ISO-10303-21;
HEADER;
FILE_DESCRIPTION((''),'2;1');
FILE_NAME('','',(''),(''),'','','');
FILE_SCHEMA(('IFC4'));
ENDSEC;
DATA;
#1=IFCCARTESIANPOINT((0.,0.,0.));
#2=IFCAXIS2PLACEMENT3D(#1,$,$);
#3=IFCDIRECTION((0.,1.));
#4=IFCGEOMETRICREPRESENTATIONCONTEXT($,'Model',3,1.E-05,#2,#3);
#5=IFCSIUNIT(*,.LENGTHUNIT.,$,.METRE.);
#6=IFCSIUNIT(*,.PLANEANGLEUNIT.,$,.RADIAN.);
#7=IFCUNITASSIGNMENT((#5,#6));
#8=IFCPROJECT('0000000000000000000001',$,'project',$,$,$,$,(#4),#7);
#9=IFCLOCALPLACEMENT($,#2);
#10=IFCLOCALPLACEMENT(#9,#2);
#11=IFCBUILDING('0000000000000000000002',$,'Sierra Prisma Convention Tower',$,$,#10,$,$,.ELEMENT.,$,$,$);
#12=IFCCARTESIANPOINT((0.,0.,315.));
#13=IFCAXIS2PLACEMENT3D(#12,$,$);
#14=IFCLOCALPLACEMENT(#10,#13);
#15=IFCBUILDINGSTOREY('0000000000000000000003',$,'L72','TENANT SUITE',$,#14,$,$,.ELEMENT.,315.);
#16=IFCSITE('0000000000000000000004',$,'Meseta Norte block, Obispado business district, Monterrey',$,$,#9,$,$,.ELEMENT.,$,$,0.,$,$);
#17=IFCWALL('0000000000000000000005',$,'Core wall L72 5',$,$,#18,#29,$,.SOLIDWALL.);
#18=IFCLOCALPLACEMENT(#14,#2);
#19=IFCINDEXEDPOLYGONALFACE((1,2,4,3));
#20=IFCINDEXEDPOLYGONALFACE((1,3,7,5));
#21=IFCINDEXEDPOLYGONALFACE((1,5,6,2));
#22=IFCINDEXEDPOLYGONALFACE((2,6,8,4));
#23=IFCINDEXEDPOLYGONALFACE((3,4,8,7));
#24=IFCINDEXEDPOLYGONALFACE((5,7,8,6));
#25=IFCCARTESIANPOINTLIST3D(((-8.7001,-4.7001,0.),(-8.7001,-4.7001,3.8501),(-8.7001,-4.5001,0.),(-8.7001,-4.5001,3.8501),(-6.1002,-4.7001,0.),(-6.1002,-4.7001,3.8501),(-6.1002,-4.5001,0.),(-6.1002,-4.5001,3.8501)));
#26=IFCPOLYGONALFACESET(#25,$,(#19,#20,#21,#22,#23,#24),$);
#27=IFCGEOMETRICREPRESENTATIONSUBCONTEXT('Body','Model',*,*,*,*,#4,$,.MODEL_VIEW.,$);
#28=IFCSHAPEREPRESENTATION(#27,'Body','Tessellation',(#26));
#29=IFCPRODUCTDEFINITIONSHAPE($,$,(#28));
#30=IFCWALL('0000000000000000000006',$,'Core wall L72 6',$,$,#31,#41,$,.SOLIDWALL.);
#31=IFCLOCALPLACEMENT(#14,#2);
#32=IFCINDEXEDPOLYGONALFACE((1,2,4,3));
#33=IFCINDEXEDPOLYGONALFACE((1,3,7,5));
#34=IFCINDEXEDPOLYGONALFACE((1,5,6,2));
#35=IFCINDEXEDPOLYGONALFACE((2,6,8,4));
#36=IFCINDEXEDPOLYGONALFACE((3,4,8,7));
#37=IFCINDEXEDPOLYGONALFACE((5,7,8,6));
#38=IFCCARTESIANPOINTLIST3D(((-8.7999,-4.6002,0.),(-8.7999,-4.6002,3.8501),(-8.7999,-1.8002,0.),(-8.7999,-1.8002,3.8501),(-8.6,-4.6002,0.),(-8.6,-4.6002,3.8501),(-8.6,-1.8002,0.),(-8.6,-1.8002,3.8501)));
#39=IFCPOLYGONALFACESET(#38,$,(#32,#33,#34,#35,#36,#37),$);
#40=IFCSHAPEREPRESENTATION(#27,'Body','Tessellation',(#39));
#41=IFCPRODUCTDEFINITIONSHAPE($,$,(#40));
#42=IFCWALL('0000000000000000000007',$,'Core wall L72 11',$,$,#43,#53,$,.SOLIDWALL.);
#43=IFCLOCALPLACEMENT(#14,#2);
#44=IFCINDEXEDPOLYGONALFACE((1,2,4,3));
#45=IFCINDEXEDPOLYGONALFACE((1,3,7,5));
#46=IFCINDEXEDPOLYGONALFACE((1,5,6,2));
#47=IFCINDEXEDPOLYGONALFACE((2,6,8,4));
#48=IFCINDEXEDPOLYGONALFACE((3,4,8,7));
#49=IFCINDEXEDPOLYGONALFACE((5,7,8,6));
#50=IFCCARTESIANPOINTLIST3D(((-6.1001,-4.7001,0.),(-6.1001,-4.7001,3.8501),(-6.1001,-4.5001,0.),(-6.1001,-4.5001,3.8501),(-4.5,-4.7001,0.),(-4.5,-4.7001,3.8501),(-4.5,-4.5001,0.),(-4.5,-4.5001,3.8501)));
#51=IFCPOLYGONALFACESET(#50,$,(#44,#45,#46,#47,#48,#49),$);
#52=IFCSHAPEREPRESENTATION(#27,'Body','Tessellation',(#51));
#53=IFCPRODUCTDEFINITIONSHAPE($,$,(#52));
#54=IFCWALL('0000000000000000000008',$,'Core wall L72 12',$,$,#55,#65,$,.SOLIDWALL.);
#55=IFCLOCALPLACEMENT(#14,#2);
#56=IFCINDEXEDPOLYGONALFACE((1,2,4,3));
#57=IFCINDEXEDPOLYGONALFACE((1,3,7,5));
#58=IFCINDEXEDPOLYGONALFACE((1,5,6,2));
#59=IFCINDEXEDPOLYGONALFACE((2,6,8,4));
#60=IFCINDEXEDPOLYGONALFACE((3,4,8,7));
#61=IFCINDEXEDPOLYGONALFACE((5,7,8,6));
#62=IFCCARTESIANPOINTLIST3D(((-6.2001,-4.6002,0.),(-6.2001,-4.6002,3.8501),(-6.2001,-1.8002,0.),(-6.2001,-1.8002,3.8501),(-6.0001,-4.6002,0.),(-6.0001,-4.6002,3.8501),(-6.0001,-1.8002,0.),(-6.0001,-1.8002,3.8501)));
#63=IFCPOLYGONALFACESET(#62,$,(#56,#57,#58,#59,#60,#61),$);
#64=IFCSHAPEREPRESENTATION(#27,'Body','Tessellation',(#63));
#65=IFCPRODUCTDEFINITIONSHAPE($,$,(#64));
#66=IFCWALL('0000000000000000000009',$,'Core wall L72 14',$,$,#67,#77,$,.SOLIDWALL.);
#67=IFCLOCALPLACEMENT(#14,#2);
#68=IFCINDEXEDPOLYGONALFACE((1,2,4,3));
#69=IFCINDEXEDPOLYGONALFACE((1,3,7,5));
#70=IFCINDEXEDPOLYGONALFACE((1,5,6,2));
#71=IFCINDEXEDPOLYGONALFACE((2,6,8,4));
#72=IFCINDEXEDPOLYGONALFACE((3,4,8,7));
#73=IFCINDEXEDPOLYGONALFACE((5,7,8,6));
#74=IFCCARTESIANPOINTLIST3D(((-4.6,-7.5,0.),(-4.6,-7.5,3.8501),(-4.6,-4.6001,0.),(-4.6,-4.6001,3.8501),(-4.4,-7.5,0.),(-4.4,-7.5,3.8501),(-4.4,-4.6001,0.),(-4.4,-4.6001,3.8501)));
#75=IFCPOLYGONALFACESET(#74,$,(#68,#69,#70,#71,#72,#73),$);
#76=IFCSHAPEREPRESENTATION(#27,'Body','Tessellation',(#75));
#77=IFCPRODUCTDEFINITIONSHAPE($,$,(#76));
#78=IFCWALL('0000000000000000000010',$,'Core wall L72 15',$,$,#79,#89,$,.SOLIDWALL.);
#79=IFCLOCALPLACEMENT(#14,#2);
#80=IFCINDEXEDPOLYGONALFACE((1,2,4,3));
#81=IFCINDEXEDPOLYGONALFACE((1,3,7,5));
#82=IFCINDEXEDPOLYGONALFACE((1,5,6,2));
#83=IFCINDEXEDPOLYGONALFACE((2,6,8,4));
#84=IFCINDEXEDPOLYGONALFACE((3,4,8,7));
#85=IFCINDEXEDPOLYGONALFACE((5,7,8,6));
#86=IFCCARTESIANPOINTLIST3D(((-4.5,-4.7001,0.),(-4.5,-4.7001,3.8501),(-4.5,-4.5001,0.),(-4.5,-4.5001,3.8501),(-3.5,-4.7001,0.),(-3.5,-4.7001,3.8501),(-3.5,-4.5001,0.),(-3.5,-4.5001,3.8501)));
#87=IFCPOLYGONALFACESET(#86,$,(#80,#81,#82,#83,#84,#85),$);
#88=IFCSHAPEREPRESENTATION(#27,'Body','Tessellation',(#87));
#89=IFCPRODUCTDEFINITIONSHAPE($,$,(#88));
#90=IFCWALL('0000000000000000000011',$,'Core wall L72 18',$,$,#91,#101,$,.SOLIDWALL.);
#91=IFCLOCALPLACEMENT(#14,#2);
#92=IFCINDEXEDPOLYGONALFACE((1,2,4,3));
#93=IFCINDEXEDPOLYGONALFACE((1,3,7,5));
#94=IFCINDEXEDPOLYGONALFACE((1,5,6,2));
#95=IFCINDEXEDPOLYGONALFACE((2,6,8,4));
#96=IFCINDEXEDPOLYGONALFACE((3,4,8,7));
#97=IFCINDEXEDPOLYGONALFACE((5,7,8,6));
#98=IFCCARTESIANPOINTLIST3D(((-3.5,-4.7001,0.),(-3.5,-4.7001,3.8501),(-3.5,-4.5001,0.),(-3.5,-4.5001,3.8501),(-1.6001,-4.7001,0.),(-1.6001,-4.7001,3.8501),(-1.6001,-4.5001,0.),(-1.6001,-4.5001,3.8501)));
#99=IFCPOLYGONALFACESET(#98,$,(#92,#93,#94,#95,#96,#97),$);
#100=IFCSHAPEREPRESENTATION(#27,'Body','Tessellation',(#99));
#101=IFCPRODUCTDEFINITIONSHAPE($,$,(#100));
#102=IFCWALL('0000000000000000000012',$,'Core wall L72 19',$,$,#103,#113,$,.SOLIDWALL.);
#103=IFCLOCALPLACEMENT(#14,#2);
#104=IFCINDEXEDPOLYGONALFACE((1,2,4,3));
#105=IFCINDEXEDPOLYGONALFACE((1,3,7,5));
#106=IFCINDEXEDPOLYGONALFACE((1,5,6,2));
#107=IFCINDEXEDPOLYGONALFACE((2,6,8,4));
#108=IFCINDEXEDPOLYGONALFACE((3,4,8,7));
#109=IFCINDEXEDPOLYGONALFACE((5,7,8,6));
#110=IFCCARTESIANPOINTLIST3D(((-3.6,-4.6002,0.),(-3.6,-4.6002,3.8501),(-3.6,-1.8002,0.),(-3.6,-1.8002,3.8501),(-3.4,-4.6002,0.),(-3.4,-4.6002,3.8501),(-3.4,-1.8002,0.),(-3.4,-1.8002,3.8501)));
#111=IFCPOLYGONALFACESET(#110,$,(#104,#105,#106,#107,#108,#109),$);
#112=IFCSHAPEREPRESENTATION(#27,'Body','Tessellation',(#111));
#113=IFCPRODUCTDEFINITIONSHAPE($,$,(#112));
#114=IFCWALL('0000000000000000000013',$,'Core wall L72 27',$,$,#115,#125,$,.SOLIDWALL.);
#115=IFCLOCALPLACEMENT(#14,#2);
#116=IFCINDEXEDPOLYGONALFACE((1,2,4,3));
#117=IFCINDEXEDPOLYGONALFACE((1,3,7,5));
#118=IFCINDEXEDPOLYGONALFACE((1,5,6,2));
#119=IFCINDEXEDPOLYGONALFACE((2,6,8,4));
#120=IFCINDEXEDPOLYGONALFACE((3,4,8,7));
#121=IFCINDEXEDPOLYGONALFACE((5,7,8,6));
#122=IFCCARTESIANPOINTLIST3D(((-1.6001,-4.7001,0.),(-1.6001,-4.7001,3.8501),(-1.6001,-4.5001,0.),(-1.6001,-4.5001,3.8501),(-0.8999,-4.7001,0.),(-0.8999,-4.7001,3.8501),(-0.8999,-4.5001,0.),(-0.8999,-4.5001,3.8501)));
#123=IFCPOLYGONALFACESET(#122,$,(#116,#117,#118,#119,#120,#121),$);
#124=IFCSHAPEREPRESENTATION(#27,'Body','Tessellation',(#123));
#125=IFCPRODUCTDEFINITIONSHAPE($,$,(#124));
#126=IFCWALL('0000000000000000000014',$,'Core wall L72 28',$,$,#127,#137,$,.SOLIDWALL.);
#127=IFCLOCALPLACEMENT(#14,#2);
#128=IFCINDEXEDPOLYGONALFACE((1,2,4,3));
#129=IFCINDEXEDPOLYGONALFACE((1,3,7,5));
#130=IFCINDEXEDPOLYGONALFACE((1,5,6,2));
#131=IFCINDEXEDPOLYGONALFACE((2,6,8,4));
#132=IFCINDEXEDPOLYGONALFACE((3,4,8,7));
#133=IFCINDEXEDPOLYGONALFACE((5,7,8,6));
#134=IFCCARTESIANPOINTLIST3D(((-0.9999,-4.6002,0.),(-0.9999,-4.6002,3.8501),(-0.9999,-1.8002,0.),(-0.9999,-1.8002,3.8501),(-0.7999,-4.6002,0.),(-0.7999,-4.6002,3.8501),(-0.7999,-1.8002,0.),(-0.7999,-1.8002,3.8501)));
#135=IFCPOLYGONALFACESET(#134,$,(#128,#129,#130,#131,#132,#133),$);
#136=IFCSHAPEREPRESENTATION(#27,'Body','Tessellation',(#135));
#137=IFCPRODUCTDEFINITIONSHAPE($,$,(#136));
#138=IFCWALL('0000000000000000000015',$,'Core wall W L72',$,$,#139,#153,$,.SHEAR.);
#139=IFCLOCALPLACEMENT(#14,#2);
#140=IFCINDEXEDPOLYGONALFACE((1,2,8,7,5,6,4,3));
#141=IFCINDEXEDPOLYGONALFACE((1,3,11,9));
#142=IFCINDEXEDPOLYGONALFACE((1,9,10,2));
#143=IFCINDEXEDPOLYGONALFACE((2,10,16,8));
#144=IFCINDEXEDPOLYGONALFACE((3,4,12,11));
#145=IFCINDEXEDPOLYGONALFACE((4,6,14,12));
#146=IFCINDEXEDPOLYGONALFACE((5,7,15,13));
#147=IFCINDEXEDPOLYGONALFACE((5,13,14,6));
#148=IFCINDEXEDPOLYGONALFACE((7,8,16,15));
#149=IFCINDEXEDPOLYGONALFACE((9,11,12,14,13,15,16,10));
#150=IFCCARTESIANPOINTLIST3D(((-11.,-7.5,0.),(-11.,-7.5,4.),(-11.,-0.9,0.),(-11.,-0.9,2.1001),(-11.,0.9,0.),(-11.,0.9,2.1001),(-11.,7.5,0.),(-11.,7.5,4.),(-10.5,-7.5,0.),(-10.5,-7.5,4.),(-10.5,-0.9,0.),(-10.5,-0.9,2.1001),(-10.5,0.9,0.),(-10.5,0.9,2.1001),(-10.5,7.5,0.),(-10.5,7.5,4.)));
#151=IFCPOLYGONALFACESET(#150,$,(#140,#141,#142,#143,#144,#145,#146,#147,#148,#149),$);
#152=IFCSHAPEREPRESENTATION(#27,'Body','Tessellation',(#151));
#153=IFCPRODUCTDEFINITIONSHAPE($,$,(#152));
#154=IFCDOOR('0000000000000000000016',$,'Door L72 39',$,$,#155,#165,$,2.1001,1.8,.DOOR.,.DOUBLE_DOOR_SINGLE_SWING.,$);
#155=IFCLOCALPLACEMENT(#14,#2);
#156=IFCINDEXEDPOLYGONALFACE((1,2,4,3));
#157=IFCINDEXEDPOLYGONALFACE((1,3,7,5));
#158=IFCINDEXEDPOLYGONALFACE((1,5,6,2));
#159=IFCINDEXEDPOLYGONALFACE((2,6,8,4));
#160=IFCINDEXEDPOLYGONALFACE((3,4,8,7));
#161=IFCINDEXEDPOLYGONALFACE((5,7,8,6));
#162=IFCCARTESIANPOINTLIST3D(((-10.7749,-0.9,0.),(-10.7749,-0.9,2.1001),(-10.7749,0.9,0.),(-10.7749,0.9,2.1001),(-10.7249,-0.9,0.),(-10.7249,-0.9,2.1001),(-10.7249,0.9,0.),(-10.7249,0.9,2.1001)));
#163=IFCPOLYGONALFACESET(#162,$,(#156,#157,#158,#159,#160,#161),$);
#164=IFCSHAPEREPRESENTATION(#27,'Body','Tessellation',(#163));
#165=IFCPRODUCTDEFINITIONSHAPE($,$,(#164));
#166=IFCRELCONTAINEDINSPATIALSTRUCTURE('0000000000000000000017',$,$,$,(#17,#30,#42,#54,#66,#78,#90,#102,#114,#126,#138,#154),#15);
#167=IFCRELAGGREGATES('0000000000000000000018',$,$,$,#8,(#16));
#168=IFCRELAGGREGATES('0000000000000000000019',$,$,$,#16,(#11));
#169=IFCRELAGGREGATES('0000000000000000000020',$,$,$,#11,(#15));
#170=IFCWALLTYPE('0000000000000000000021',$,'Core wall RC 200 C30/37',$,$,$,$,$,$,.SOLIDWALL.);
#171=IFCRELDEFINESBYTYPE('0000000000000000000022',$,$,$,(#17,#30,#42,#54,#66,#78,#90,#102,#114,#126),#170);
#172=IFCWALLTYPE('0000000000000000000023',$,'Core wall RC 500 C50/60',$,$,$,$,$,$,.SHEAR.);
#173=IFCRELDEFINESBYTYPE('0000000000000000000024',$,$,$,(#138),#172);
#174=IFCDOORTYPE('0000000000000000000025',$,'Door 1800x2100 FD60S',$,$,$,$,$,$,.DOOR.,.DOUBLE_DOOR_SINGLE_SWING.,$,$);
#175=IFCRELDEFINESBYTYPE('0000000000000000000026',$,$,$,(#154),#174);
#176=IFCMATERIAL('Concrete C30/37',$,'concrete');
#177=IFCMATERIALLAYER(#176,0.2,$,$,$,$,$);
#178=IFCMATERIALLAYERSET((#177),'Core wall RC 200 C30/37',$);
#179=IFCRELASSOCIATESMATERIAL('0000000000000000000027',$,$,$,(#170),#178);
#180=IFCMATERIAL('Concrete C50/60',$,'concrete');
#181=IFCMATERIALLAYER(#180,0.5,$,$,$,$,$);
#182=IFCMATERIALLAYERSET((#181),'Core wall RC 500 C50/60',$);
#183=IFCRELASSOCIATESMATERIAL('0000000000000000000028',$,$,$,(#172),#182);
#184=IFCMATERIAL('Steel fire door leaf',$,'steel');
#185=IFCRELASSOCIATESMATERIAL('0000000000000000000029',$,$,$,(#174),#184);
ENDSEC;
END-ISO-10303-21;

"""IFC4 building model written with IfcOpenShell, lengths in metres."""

from ifc_helpers import new_model, si_unit, direction, frame, frame_2d, origin, place, context, subcontext, project, spatial, rectangle, extrude, material, layer, layer_set, type_object, element, fill, save


model = new_model("IFC4")

# Units and contexts
model_context = context("Model", 3, precision=1e-05, world=origin(), true_north=direction((0.0, 1.0)))
body_context = subcontext(model_context, "Body", "Model", "MODEL_VIEW")
ifc_project = project(units=[si_unit("LENGTHUNIT", "METRE"), si_unit("PLANEANGLEUNIT", "RADIAN")], contexts=[model_context])

# Site, building, storey
site_placement = place(None, origin())
site = spatial("IfcSite", under=ifc_project, at=site_placement, Name="Meseta Norte block, Obispado business district, Monterrey", CompositionType="ELEMENT", RefElevation=0.0)
building_placement = place(site_placement, origin())
building = spatial("IfcBuilding", under=site, at=building_placement, Name="Sierra Prisma Convention Tower", CompositionType="ELEMENT")
storey_placement = place(building_placement, frame((0.0, 0.0, 315.0)))
storey = spatial("IfcBuildingStorey", under=building, at=storey_placement, Name="L72", Description="TENANT SUITE", CompositionType="ELEMENT", Elevation=315.0)

# Shared definitions
ifc_material_1 = material(Name="Concrete C30/37", Category="concrete")
ifc_layer_1 = layer(ifc_material_1, 0.2)
ifc_layer_set_1 = layer_set([ifc_layer_1], Name="Core wall RC 200 C30/37")
wall_type_1 = type_object("IfcWallType", Name="Core wall RC 200 C30/37", PredefinedType="SOLIDWALL", material=ifc_layer_set_1)

# Walls
wall_1_placement = place(storey_placement, frame((-8.7, -4.6001, 0.0), z_axis=(0.0, 0.0, 1.0), x_axis=(1.0, 0.0, 0.0)))
element("IfcWall", 1, at=wall_1_placement, inside=storey, type_object=wall_type_1, Name="Core wall L72 5", PredefinedType="SOLIDWALL", context=body_context, shape_type="SweptSolid", body=[
    extrude(rectangle(XDim=2.5999, YDim=0.2, at=frame_2d((1.2998, 0.0))), origin(), (0.0, 0.0, 1.0), 3.8501),
])
wall_2_placement = place(storey_placement, frame((-8.7, -4.6001, 0.0), z_axis=(0.0, 0.0, 1.0), x_axis=(0.0, 1.0, 0.0)))
element("IfcWall", 2, at=wall_2_placement, inside=storey, type_object=wall_type_1, Name="Core wall L72 6", PredefinedType="SOLIDWALL", context=body_context, shape_type="SweptSolid", body=[
    extrude(rectangle(XDim=2.8, YDim=0.2, at=frame_2d((1.3999, 0.0))), origin(), (0.0, 0.0, 1.0), 3.8501),
])
wall_3_placement = place(storey_placement, frame((-6.1001, -4.6001, 0.0), z_axis=(0.0, 0.0, 1.0), x_axis=(1.0, 0.0, 0.0)))
element("IfcWall", 3, at=wall_3_placement, inside=storey, type_object=wall_type_1, Name="Core wall L72 11", PredefinedType="SOLIDWALL", context=body_context, shape_type="SweptSolid", body=[
    extrude(rectangle(XDim=1.6001, YDim=0.2, at=frame_2d((0.8, 0.0))), origin(), (0.0, 0.0, 1.0), 3.8501),
])
wall_4_placement = place(storey_placement, frame((-6.1001, -4.6001, 0.0), z_axis=(0.0, 0.0, 1.0), x_axis=(0.0, 1.0, 0.0)))
element("IfcWall", 4, at=wall_4_placement, inside=storey, type_object=wall_type_1, Name="Core wall L72 12", PredefinedType="SOLIDWALL", context=body_context, shape_type="SweptSolid", body=[
    extrude(rectangle(XDim=2.8, YDim=0.2, at=frame_2d((1.3999, 0.0))), origin(), (0.0, 0.0, 1.0), 3.8501),
])
wall_5_placement = place(storey_placement, frame((-4.5, -4.6001, 0.0), z_axis=(0.0, 0.0, 1.0), x_axis=(0.0, -1.0, 0.0)))
element("IfcWall", 5, at=wall_5_placement, inside=storey, type_object=wall_type_1, Name="Core wall L72 14", PredefinedType="SOLIDWALL", context=body_context, shape_type="SweptSolid", body=[
    extrude(rectangle(XDim=2.8999, YDim=0.2, at=frame_2d((1.45, 0.0))), origin(), (0.0, 0.0, 1.0), 3.8501),
])
wall_6_placement = place(storey_placement, frame((-4.5, -4.6001, 0.0), z_axis=(0.0, 0.0, 1.0), x_axis=(1.0, 0.0, 0.0)))
element("IfcWall", 6, at=wall_6_placement, inside=storey, type_object=wall_type_1, Name="Core wall L72 15", PredefinedType="SOLIDWALL", context=body_context, shape_type="SweptSolid", body=[
    extrude(rectangle(XDim=1.0, YDim=0.2, at=frame_2d((0.5, 0.0))), origin(), (0.0, 0.0, 1.0), 3.8501),
])
wall_7_placement = place(storey_placement, frame((-3.5, -4.6001, 0.0), z_axis=(0.0, 0.0, 1.0), x_axis=(1.0, 0.0, 0.0)))
element("IfcWall", 7, at=wall_7_placement, inside=storey, type_object=wall_type_1, Name="Core wall L72 18", PredefinedType="SOLIDWALL", context=body_context, shape_type="SweptSolid", body=[
    extrude(rectangle(XDim=1.8999, YDim=0.2, at=frame_2d((0.95, 0.0))), origin(), (0.0, 0.0, 1.0), 3.8501),
])
wall_8_placement = place(storey_placement, frame((-3.5, -4.6001, 0.0), z_axis=(0.0, 0.0, 1.0), x_axis=(0.0, 1.0, 0.0)))
element("IfcWall", 8, at=wall_8_placement, inside=storey, type_object=wall_type_1, Name="Core wall L72 19", PredefinedType="SOLIDWALL", context=body_context, shape_type="SweptSolid", body=[
    extrude(rectangle(XDim=2.8, YDim=0.2, at=frame_2d((1.3999, 0.0))), origin(), (0.0, 0.0, 1.0), 3.8501),
])

# Walls
wall_9_placement = place(storey_placement, frame((-1.6001, -4.6001, 0.0), z_axis=(0.0, 0.0, 1.0), x_axis=(1.0, 0.0, 0.0)))
element("IfcWall", 9, at=wall_9_placement, inside=storey, type_object=wall_type_1, Name="Core wall L72 27", PredefinedType="SOLIDWALL", context=body_context, shape_type="SweptSolid", body=[
    extrude(rectangle(XDim=0.7002, YDim=0.2, at=frame_2d((0.3501, 0.0))), origin(), (0.0, 0.0, 1.0), 3.8501),
])
wall_10_placement = place(storey_placement, frame((-0.8999, -4.6001, 0.0), z_axis=(0.0, 0.0, 1.0), x_axis=(0.0, 1.0, 0.0)))
element("IfcWall", 10, at=wall_10_placement, inside=storey, type_object=wall_type_1, Name="Core wall L72 28", PredefinedType="SOLIDWALL", context=body_context, shape_type="SweptSolid", body=[
    extrude(rectangle(XDim=2.8, YDim=0.2, at=frame_2d((1.3999, 0.0))), origin(), (0.0, 0.0, 1.0), 3.8501),
])

# Wall, opening, door
ifc_material_2 = material(Name="Concrete C50/60", Category="concrete")
ifc_layer_2 = layer(ifc_material_2, 0.5)
ifc_layer_set_2 = layer_set([ifc_layer_2], Name="Core wall RC 500 C50/60")
wall_type_2 = type_object("IfcWallType", Name="Core wall RC 500 C50/60", PredefinedType="SHEAR", material=ifc_layer_set_2)
wall_11_placement = place(storey_placement, frame((-10.75, -7.5, 0.0), z_axis=(0.0, 0.0, 1.0), x_axis=(0.0, 1.0, 0.0)))
wall_11 = element("IfcWall", 11, at=wall_11_placement, inside=storey, type_object=wall_type_2, Name="Core wall W L72", PredefinedType="SHEAR", context=body_context, shape_type="SweptSolid", body=[
    extrude(rectangle(XDim=15.0, YDim=0.5, at=frame_2d((7.5, 0.0))), origin(), (0.0, 0.0, 1.0), 4.0),
])
opening_1_placement = place(wall_11_placement, frame((6.6001, 0.0, 0.0)))
opening_1 = element("IfcOpeningElement", 12, at=opening_1_placement, cuts=wall_11, PredefinedType="OPENING", context=body_context, shape_type="SweptSolid", body=[
    extrude(rectangle(XDim=1.8, YDim=2.1001, at=frame_2d((0.8999, 1.05))), frame((0.0, 0.25, 0.0), z_axis=(0.0, -1.0, 0.0), x_axis=(1.0, 0.0, 0.0)), (0.0, 0.0, 1.0), 0.5),
])
ifc_material_3 = material(Name="Steel fire door leaf", Category="steel")
door_type_1 = type_object("IfcDoorType", Name="Door 1800x2100 FD60S", OperationType="DOUBLE_DOOR_SINGLE_SWING", PredefinedType="DOOR", material=ifc_material_3)
door_1_placement = place(opening_1_placement, origin())
door_1 = element("IfcDoor", 13, at=door_1_placement, inside=storey, type_object=door_type_1, Name="Door L72 39", OperationType="DOUBLE_DOOR_SINGLE_SWING", OverallHeight=2.1001, OverallWidth=1.8, PredefinedType="DOOR", context=body_context, shape_type="SweptSolid", body=[
    extrude(rectangle(XDim=1.8, YDim=2.1001, at=frame_2d((0.8999, 1.05))), frame((0.0, 0.0249, 0.0), z_axis=(0.0, -1.0, 0.0), x_axis=(1.0, 0.0, 0.0)), (0.0, 0.0, 1.0), 0.05),
])
fill(opening_1, door_1)

save(model, "model.ifc")
